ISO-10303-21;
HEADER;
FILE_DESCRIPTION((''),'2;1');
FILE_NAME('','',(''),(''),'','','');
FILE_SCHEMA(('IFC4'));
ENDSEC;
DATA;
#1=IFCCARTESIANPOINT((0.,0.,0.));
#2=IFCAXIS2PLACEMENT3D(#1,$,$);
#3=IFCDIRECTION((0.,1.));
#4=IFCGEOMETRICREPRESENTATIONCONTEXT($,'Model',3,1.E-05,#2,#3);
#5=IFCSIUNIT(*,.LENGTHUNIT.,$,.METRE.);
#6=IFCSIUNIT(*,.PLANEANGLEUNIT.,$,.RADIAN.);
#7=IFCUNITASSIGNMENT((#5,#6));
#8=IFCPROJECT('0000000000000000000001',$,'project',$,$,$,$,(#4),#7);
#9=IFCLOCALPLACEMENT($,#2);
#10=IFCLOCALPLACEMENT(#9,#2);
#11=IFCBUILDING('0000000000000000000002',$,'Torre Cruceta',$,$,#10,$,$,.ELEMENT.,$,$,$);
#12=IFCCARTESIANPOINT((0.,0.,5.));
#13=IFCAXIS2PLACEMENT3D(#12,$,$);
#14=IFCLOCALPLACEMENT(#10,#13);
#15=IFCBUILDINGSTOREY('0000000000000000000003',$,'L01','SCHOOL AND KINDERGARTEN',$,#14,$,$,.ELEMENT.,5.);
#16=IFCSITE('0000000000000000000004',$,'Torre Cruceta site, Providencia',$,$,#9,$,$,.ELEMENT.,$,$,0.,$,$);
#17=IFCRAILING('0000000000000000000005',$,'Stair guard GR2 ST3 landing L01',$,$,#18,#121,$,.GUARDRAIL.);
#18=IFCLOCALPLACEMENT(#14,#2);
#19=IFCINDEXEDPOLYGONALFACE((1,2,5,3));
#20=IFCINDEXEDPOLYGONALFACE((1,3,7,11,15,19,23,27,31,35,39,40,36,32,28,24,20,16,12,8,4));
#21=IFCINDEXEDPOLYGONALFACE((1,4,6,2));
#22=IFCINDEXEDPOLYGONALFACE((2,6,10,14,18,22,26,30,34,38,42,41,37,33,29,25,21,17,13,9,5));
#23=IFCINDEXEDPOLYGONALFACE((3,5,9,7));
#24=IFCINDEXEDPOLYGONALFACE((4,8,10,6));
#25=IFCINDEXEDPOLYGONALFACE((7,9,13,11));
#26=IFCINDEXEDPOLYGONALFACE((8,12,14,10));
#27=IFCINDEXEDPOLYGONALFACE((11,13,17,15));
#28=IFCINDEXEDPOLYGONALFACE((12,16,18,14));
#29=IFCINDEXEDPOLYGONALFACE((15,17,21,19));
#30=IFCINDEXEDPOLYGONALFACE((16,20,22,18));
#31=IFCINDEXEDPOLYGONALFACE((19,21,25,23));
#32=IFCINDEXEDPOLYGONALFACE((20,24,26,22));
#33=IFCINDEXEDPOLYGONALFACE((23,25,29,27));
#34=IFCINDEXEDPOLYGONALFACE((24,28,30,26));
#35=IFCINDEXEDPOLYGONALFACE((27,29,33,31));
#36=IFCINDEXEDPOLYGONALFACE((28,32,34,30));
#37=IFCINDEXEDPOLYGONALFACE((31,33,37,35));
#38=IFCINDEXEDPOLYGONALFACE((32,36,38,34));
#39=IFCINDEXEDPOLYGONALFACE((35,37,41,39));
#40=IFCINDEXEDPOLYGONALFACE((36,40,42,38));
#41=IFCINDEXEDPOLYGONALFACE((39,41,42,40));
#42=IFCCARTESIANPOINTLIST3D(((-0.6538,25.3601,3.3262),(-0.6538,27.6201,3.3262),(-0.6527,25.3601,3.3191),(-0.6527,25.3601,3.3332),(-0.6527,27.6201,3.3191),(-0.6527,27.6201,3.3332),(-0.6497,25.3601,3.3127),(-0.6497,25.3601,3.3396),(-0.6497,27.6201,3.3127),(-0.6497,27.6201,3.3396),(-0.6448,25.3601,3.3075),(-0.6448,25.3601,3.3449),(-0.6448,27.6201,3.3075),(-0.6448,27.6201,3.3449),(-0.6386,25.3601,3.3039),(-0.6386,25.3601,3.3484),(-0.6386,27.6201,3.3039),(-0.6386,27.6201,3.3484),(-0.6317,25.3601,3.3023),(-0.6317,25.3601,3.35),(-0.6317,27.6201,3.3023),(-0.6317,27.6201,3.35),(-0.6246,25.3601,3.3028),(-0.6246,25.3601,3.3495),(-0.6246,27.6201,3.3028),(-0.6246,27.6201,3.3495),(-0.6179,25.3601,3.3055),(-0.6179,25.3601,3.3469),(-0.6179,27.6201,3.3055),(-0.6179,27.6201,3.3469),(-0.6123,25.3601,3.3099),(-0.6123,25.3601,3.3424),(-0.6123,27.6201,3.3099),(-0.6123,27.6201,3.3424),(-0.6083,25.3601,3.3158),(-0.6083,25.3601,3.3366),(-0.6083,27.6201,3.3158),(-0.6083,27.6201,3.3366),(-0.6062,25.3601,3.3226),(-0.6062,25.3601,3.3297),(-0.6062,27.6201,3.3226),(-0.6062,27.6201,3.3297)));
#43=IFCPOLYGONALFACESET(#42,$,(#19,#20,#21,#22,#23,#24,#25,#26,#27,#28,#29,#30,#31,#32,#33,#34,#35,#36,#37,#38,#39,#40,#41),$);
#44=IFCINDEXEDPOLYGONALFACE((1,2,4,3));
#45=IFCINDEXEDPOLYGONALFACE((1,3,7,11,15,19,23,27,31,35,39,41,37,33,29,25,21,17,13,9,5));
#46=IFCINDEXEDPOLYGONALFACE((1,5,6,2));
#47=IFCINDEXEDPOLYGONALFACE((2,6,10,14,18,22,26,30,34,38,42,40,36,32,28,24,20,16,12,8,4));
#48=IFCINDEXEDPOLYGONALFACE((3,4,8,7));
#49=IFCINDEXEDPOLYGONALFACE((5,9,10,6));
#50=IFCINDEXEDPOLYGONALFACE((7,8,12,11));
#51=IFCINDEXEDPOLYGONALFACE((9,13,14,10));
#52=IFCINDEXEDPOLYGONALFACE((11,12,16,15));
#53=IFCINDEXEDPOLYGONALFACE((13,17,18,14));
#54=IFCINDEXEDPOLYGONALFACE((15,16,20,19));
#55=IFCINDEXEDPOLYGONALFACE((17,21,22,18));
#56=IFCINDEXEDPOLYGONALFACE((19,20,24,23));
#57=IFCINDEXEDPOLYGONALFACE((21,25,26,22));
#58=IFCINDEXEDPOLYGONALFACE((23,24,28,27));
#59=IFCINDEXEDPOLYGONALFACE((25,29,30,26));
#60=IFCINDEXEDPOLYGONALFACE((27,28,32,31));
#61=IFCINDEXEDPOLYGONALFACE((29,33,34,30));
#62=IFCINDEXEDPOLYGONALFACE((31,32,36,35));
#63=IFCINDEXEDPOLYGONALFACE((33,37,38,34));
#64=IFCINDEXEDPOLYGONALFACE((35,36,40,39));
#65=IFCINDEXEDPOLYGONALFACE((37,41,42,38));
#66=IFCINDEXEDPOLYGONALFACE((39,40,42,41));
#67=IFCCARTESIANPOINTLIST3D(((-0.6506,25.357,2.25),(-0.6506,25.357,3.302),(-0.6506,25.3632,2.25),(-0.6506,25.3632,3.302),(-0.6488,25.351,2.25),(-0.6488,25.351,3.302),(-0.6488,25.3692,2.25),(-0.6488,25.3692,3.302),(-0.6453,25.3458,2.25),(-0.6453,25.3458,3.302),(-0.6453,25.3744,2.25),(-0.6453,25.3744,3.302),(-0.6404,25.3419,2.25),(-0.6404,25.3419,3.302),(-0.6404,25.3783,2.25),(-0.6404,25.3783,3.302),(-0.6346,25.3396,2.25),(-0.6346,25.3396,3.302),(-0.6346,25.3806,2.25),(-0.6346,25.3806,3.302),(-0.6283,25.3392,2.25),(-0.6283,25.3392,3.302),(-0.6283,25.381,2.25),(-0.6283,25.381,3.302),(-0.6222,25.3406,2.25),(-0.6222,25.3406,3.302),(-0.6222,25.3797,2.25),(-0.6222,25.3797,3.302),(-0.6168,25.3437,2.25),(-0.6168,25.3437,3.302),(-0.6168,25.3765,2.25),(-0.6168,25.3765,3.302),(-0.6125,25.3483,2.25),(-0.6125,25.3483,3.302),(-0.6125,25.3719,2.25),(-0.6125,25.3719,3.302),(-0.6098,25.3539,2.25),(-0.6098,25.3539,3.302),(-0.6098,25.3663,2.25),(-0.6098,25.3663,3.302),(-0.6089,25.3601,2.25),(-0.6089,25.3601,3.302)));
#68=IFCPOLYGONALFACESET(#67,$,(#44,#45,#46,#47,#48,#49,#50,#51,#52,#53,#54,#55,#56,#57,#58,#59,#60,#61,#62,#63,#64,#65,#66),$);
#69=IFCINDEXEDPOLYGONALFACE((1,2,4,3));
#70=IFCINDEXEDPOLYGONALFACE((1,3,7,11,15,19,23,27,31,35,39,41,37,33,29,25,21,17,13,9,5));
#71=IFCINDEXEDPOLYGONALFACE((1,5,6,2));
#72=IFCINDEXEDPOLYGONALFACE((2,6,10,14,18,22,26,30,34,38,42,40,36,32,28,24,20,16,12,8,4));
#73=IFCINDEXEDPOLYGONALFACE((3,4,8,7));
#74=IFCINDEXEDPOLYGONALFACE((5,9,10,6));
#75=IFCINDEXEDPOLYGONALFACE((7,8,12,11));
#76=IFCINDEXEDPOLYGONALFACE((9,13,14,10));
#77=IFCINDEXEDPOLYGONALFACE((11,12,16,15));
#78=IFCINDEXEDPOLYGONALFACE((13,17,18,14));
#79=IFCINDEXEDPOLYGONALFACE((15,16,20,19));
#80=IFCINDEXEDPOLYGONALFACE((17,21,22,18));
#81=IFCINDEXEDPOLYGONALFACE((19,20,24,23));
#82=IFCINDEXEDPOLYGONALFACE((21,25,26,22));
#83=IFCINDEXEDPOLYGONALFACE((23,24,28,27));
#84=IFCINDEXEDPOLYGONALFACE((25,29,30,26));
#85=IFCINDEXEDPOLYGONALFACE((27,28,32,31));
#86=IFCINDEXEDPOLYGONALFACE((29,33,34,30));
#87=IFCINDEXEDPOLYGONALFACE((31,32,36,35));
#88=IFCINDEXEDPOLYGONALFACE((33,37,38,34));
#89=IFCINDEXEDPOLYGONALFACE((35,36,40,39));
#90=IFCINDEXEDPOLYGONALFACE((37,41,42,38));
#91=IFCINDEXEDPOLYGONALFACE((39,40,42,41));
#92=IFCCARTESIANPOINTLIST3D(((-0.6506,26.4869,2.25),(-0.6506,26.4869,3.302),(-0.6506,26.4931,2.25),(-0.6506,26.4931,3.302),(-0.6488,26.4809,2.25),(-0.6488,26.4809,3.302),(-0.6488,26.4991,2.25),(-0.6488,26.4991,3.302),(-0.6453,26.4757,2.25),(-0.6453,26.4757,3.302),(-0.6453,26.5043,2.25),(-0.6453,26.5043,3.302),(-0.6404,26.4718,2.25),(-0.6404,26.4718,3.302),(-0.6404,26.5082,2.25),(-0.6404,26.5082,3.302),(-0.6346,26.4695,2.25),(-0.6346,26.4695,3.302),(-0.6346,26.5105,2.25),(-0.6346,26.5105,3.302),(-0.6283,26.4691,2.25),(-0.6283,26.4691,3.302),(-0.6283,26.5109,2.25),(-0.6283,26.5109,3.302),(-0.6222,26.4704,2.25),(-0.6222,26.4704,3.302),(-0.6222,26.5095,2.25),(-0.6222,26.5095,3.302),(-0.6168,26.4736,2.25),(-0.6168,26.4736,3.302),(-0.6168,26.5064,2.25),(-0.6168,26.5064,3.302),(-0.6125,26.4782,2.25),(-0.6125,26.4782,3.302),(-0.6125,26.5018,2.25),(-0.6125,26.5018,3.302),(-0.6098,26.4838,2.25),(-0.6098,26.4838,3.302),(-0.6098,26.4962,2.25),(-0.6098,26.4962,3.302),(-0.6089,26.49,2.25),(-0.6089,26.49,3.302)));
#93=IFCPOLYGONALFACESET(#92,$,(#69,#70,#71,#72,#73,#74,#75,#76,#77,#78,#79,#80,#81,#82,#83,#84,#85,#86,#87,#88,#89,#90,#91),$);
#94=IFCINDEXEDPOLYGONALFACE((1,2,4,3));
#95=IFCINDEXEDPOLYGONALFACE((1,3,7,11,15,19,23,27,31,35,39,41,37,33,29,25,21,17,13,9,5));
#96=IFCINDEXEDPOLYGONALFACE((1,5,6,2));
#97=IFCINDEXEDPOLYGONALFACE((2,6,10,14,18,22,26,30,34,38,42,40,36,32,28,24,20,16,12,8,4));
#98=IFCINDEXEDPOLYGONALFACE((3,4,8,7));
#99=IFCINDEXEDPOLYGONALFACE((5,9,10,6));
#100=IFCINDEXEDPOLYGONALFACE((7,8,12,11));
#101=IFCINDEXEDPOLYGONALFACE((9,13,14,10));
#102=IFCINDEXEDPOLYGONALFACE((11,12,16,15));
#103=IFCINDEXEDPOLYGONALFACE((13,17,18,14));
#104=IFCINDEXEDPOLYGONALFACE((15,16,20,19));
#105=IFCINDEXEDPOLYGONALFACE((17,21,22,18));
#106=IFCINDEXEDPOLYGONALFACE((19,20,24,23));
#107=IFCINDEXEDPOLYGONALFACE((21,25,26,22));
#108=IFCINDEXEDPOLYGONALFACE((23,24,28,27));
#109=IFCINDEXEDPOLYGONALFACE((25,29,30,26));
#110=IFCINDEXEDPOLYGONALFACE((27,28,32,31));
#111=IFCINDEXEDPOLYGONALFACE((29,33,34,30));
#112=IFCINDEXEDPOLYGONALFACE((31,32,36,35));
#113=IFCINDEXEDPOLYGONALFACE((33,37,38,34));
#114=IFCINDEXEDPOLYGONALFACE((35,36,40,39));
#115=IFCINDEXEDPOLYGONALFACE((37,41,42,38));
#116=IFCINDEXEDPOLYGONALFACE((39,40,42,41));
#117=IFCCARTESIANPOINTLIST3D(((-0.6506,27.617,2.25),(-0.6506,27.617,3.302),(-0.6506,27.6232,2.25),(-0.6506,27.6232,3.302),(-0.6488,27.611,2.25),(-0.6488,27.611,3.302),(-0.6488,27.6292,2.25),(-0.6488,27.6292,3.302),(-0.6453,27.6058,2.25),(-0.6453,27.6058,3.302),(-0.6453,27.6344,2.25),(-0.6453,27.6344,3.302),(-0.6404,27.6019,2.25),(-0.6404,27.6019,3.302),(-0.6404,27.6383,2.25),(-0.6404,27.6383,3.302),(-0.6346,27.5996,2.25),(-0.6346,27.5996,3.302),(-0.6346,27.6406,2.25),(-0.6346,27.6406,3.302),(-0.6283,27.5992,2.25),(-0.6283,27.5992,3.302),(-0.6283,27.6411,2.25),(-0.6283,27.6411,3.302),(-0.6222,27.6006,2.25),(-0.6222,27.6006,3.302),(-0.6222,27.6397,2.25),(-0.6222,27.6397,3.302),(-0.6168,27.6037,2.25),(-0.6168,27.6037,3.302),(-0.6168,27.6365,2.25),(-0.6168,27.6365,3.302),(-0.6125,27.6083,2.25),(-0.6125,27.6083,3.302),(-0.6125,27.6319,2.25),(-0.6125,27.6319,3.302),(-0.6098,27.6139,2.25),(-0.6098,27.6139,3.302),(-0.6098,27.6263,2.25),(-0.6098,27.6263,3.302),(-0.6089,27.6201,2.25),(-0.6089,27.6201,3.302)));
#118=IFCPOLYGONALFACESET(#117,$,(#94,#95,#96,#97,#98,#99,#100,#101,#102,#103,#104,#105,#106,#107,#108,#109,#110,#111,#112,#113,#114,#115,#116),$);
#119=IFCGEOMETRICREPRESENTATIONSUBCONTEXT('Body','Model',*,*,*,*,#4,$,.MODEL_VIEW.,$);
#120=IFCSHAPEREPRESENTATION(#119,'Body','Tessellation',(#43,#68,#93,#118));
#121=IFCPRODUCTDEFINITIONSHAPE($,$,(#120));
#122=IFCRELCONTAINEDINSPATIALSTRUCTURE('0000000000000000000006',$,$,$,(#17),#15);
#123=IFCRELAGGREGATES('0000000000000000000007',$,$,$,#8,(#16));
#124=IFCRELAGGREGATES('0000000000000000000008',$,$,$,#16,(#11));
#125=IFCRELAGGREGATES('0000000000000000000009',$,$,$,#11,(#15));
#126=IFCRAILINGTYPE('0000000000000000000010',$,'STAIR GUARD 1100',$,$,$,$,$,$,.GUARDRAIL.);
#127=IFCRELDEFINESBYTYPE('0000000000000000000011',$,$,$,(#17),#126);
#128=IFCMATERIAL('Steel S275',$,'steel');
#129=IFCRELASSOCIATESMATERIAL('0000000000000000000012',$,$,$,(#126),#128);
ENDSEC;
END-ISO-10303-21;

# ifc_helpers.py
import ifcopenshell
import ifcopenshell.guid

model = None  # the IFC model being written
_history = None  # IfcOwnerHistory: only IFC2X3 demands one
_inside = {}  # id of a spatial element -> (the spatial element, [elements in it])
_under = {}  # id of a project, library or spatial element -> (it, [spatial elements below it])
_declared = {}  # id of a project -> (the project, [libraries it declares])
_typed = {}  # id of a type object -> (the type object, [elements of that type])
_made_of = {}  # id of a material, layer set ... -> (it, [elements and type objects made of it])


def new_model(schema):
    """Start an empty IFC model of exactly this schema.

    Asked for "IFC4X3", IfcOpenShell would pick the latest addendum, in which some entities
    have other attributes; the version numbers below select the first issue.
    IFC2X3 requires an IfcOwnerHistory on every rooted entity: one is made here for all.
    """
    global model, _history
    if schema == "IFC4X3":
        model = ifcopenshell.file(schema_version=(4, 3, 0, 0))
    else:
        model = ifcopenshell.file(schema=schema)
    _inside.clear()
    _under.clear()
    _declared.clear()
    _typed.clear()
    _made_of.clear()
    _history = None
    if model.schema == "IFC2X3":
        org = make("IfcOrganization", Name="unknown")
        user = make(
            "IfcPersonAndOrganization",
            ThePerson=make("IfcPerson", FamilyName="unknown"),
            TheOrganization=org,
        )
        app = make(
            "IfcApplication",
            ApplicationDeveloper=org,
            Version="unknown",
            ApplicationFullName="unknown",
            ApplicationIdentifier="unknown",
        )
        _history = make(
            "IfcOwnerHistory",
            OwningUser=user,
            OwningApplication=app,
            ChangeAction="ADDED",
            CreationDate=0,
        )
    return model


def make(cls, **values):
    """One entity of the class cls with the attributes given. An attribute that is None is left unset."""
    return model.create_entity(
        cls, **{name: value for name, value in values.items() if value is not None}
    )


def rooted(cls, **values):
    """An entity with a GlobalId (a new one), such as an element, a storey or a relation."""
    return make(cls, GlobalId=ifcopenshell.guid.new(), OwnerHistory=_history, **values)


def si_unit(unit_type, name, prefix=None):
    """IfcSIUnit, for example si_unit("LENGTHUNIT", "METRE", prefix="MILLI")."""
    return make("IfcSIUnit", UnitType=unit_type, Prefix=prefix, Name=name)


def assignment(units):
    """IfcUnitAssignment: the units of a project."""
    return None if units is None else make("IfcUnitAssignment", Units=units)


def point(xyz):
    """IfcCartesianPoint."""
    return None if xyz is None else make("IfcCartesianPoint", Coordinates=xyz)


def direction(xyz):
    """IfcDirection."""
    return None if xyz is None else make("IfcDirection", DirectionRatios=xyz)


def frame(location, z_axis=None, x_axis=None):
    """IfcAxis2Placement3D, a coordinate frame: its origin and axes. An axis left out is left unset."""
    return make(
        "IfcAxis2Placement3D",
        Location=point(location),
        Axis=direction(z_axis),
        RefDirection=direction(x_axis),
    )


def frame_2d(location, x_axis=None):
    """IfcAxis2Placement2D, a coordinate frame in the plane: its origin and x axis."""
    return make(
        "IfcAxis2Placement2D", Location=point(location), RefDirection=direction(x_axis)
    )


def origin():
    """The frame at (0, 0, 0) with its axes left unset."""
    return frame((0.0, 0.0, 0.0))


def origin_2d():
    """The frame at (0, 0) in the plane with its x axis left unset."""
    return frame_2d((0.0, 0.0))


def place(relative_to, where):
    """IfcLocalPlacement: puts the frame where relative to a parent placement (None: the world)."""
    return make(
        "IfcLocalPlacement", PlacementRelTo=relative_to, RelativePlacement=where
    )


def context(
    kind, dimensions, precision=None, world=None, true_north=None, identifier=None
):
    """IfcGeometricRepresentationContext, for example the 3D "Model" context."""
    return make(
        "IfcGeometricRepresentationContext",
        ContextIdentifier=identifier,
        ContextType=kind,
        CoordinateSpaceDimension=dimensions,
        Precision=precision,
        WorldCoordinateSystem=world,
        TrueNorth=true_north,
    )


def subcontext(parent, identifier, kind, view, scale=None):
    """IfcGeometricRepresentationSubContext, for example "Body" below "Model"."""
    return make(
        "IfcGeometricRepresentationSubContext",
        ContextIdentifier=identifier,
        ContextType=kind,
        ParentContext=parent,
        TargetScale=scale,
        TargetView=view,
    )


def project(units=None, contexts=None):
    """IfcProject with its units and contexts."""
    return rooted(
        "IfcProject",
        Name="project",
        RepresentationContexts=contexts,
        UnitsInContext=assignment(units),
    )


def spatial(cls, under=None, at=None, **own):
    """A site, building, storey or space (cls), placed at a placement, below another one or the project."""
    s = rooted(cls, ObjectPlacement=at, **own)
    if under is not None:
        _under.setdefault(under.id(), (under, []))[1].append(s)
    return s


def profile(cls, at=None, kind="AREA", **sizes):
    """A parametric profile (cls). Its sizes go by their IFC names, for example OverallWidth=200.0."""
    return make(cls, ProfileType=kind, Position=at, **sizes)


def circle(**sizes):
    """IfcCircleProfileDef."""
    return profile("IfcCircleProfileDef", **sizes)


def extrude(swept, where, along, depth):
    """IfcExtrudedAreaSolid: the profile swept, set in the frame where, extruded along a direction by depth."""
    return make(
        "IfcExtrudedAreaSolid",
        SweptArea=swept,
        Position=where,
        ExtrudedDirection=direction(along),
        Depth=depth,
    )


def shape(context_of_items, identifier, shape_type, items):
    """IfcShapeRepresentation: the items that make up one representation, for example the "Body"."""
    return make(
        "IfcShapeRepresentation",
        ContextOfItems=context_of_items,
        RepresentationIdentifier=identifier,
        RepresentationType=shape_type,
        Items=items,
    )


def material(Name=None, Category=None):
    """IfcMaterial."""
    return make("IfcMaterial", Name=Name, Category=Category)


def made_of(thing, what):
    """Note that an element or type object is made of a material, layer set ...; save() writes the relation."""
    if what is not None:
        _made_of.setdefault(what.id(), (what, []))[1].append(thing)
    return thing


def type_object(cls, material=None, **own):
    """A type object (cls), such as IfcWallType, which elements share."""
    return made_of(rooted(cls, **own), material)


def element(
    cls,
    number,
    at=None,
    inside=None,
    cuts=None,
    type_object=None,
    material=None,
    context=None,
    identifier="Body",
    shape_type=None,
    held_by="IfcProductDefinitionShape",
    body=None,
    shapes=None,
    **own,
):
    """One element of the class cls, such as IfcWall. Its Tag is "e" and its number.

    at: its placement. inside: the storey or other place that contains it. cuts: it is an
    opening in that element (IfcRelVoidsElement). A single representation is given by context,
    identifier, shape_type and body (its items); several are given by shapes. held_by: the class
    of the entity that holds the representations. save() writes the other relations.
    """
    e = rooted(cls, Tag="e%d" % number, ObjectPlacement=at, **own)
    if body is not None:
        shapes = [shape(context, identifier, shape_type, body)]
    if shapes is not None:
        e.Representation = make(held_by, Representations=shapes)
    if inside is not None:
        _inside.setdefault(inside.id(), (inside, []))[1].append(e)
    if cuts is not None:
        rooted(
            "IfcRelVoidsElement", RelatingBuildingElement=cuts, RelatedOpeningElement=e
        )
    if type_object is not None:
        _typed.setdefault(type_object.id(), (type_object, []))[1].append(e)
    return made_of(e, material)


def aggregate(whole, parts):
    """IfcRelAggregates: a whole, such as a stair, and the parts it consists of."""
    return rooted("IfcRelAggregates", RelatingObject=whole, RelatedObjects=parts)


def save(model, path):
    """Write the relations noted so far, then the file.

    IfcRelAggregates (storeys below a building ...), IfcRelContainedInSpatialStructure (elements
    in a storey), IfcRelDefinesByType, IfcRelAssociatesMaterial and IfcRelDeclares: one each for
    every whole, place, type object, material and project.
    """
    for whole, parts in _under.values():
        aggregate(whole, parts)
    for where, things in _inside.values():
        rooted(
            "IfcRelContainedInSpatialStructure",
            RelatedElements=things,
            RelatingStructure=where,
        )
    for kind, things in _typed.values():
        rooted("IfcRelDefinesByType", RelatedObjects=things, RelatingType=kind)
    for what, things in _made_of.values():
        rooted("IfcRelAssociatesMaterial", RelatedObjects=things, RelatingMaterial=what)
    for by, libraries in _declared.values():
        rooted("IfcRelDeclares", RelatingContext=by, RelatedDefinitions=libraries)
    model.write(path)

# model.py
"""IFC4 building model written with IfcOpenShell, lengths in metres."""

from ifc_helpers import new_model, si_unit, direction, frame, origin, origin_2d, place, context, subcontext, project, spatial, circle, extrude, material, type_object, element, save


model = new_model("IFC4")

# Units and contexts
model_context = context("Model", 3, precision=1e-05, world=origin(), true_north=direction((0.0, 1.0)))
body_context = subcontext(model_context, "Body", "Model", "MODEL_VIEW")
ifc_project = project(units=[si_unit("LENGTHUNIT", "METRE"), si_unit("PLANEANGLEUNIT", "RADIAN")], contexts=[model_context])

# Site, building, storey
site_placement = place(None, origin())
site = spatial("IfcSite", under=ifc_project, at=site_placement, Name="Torre Cruceta site, Providencia", CompositionType="ELEMENT", RefElevation=0.0)
building_placement = place(site_placement, origin())
building = spatial("IfcBuilding", under=site, at=building_placement, Name="Torre Cruceta", CompositionType="ELEMENT")
storey_placement = place(building_placement, frame((0.0, 0.0, 5.0)))
storey = spatial("IfcBuildingStorey", under=building, at=storey_placement, Name="L01", Description="SCHOOL AND KINDERGARTEN", CompositionType="ELEMENT", Elevation=5.0)

# Railing
ifc_material_1 = material(Name="Steel S275", Category="steel")
railing_type_1 = type_object("IfcRailingType", Name="STAIR GUARD 1100", PredefinedType="GUARDRAIL", material=ifc_material_1)
railing_1_placement = place(storey_placement, frame((-0.6299, 25.3601, 2.25)))
element("IfcRailing", 1, at=railing_1_placement, inside=storey, type_object=railing_type_1, Name="Stair guard GR2 ST3 landing L01", PredefinedType="GUARDRAIL", context=body_context, shape_type="SweptSolid", body=[
    extrude(circle(Radius=0.0239, at=origin_2d()), frame((0.0, 0.0, 1.0762), z_axis=(0.0, 1.0, 0.0), x_axis=(-1.0, 0.0, 0.0)), (0.0, 0.0, 1.0), 2.26),
    extrude(circle(Radius=0.021, at=origin_2d()), origin(), (0.0, 0.0, 1.0), 1.052),
    extrude(circle(Radius=0.021, at=origin_2d()), frame((0.0, 1.1299, 0.0)), (0.0, 0.0, 1.0), 1.052),
    extrude(circle(Radius=0.021, at=origin_2d()), frame((0.0, 2.26, 0.0)), (0.0, 0.0, 1.0), 1.052),
])

save(model, "model.ifc")
